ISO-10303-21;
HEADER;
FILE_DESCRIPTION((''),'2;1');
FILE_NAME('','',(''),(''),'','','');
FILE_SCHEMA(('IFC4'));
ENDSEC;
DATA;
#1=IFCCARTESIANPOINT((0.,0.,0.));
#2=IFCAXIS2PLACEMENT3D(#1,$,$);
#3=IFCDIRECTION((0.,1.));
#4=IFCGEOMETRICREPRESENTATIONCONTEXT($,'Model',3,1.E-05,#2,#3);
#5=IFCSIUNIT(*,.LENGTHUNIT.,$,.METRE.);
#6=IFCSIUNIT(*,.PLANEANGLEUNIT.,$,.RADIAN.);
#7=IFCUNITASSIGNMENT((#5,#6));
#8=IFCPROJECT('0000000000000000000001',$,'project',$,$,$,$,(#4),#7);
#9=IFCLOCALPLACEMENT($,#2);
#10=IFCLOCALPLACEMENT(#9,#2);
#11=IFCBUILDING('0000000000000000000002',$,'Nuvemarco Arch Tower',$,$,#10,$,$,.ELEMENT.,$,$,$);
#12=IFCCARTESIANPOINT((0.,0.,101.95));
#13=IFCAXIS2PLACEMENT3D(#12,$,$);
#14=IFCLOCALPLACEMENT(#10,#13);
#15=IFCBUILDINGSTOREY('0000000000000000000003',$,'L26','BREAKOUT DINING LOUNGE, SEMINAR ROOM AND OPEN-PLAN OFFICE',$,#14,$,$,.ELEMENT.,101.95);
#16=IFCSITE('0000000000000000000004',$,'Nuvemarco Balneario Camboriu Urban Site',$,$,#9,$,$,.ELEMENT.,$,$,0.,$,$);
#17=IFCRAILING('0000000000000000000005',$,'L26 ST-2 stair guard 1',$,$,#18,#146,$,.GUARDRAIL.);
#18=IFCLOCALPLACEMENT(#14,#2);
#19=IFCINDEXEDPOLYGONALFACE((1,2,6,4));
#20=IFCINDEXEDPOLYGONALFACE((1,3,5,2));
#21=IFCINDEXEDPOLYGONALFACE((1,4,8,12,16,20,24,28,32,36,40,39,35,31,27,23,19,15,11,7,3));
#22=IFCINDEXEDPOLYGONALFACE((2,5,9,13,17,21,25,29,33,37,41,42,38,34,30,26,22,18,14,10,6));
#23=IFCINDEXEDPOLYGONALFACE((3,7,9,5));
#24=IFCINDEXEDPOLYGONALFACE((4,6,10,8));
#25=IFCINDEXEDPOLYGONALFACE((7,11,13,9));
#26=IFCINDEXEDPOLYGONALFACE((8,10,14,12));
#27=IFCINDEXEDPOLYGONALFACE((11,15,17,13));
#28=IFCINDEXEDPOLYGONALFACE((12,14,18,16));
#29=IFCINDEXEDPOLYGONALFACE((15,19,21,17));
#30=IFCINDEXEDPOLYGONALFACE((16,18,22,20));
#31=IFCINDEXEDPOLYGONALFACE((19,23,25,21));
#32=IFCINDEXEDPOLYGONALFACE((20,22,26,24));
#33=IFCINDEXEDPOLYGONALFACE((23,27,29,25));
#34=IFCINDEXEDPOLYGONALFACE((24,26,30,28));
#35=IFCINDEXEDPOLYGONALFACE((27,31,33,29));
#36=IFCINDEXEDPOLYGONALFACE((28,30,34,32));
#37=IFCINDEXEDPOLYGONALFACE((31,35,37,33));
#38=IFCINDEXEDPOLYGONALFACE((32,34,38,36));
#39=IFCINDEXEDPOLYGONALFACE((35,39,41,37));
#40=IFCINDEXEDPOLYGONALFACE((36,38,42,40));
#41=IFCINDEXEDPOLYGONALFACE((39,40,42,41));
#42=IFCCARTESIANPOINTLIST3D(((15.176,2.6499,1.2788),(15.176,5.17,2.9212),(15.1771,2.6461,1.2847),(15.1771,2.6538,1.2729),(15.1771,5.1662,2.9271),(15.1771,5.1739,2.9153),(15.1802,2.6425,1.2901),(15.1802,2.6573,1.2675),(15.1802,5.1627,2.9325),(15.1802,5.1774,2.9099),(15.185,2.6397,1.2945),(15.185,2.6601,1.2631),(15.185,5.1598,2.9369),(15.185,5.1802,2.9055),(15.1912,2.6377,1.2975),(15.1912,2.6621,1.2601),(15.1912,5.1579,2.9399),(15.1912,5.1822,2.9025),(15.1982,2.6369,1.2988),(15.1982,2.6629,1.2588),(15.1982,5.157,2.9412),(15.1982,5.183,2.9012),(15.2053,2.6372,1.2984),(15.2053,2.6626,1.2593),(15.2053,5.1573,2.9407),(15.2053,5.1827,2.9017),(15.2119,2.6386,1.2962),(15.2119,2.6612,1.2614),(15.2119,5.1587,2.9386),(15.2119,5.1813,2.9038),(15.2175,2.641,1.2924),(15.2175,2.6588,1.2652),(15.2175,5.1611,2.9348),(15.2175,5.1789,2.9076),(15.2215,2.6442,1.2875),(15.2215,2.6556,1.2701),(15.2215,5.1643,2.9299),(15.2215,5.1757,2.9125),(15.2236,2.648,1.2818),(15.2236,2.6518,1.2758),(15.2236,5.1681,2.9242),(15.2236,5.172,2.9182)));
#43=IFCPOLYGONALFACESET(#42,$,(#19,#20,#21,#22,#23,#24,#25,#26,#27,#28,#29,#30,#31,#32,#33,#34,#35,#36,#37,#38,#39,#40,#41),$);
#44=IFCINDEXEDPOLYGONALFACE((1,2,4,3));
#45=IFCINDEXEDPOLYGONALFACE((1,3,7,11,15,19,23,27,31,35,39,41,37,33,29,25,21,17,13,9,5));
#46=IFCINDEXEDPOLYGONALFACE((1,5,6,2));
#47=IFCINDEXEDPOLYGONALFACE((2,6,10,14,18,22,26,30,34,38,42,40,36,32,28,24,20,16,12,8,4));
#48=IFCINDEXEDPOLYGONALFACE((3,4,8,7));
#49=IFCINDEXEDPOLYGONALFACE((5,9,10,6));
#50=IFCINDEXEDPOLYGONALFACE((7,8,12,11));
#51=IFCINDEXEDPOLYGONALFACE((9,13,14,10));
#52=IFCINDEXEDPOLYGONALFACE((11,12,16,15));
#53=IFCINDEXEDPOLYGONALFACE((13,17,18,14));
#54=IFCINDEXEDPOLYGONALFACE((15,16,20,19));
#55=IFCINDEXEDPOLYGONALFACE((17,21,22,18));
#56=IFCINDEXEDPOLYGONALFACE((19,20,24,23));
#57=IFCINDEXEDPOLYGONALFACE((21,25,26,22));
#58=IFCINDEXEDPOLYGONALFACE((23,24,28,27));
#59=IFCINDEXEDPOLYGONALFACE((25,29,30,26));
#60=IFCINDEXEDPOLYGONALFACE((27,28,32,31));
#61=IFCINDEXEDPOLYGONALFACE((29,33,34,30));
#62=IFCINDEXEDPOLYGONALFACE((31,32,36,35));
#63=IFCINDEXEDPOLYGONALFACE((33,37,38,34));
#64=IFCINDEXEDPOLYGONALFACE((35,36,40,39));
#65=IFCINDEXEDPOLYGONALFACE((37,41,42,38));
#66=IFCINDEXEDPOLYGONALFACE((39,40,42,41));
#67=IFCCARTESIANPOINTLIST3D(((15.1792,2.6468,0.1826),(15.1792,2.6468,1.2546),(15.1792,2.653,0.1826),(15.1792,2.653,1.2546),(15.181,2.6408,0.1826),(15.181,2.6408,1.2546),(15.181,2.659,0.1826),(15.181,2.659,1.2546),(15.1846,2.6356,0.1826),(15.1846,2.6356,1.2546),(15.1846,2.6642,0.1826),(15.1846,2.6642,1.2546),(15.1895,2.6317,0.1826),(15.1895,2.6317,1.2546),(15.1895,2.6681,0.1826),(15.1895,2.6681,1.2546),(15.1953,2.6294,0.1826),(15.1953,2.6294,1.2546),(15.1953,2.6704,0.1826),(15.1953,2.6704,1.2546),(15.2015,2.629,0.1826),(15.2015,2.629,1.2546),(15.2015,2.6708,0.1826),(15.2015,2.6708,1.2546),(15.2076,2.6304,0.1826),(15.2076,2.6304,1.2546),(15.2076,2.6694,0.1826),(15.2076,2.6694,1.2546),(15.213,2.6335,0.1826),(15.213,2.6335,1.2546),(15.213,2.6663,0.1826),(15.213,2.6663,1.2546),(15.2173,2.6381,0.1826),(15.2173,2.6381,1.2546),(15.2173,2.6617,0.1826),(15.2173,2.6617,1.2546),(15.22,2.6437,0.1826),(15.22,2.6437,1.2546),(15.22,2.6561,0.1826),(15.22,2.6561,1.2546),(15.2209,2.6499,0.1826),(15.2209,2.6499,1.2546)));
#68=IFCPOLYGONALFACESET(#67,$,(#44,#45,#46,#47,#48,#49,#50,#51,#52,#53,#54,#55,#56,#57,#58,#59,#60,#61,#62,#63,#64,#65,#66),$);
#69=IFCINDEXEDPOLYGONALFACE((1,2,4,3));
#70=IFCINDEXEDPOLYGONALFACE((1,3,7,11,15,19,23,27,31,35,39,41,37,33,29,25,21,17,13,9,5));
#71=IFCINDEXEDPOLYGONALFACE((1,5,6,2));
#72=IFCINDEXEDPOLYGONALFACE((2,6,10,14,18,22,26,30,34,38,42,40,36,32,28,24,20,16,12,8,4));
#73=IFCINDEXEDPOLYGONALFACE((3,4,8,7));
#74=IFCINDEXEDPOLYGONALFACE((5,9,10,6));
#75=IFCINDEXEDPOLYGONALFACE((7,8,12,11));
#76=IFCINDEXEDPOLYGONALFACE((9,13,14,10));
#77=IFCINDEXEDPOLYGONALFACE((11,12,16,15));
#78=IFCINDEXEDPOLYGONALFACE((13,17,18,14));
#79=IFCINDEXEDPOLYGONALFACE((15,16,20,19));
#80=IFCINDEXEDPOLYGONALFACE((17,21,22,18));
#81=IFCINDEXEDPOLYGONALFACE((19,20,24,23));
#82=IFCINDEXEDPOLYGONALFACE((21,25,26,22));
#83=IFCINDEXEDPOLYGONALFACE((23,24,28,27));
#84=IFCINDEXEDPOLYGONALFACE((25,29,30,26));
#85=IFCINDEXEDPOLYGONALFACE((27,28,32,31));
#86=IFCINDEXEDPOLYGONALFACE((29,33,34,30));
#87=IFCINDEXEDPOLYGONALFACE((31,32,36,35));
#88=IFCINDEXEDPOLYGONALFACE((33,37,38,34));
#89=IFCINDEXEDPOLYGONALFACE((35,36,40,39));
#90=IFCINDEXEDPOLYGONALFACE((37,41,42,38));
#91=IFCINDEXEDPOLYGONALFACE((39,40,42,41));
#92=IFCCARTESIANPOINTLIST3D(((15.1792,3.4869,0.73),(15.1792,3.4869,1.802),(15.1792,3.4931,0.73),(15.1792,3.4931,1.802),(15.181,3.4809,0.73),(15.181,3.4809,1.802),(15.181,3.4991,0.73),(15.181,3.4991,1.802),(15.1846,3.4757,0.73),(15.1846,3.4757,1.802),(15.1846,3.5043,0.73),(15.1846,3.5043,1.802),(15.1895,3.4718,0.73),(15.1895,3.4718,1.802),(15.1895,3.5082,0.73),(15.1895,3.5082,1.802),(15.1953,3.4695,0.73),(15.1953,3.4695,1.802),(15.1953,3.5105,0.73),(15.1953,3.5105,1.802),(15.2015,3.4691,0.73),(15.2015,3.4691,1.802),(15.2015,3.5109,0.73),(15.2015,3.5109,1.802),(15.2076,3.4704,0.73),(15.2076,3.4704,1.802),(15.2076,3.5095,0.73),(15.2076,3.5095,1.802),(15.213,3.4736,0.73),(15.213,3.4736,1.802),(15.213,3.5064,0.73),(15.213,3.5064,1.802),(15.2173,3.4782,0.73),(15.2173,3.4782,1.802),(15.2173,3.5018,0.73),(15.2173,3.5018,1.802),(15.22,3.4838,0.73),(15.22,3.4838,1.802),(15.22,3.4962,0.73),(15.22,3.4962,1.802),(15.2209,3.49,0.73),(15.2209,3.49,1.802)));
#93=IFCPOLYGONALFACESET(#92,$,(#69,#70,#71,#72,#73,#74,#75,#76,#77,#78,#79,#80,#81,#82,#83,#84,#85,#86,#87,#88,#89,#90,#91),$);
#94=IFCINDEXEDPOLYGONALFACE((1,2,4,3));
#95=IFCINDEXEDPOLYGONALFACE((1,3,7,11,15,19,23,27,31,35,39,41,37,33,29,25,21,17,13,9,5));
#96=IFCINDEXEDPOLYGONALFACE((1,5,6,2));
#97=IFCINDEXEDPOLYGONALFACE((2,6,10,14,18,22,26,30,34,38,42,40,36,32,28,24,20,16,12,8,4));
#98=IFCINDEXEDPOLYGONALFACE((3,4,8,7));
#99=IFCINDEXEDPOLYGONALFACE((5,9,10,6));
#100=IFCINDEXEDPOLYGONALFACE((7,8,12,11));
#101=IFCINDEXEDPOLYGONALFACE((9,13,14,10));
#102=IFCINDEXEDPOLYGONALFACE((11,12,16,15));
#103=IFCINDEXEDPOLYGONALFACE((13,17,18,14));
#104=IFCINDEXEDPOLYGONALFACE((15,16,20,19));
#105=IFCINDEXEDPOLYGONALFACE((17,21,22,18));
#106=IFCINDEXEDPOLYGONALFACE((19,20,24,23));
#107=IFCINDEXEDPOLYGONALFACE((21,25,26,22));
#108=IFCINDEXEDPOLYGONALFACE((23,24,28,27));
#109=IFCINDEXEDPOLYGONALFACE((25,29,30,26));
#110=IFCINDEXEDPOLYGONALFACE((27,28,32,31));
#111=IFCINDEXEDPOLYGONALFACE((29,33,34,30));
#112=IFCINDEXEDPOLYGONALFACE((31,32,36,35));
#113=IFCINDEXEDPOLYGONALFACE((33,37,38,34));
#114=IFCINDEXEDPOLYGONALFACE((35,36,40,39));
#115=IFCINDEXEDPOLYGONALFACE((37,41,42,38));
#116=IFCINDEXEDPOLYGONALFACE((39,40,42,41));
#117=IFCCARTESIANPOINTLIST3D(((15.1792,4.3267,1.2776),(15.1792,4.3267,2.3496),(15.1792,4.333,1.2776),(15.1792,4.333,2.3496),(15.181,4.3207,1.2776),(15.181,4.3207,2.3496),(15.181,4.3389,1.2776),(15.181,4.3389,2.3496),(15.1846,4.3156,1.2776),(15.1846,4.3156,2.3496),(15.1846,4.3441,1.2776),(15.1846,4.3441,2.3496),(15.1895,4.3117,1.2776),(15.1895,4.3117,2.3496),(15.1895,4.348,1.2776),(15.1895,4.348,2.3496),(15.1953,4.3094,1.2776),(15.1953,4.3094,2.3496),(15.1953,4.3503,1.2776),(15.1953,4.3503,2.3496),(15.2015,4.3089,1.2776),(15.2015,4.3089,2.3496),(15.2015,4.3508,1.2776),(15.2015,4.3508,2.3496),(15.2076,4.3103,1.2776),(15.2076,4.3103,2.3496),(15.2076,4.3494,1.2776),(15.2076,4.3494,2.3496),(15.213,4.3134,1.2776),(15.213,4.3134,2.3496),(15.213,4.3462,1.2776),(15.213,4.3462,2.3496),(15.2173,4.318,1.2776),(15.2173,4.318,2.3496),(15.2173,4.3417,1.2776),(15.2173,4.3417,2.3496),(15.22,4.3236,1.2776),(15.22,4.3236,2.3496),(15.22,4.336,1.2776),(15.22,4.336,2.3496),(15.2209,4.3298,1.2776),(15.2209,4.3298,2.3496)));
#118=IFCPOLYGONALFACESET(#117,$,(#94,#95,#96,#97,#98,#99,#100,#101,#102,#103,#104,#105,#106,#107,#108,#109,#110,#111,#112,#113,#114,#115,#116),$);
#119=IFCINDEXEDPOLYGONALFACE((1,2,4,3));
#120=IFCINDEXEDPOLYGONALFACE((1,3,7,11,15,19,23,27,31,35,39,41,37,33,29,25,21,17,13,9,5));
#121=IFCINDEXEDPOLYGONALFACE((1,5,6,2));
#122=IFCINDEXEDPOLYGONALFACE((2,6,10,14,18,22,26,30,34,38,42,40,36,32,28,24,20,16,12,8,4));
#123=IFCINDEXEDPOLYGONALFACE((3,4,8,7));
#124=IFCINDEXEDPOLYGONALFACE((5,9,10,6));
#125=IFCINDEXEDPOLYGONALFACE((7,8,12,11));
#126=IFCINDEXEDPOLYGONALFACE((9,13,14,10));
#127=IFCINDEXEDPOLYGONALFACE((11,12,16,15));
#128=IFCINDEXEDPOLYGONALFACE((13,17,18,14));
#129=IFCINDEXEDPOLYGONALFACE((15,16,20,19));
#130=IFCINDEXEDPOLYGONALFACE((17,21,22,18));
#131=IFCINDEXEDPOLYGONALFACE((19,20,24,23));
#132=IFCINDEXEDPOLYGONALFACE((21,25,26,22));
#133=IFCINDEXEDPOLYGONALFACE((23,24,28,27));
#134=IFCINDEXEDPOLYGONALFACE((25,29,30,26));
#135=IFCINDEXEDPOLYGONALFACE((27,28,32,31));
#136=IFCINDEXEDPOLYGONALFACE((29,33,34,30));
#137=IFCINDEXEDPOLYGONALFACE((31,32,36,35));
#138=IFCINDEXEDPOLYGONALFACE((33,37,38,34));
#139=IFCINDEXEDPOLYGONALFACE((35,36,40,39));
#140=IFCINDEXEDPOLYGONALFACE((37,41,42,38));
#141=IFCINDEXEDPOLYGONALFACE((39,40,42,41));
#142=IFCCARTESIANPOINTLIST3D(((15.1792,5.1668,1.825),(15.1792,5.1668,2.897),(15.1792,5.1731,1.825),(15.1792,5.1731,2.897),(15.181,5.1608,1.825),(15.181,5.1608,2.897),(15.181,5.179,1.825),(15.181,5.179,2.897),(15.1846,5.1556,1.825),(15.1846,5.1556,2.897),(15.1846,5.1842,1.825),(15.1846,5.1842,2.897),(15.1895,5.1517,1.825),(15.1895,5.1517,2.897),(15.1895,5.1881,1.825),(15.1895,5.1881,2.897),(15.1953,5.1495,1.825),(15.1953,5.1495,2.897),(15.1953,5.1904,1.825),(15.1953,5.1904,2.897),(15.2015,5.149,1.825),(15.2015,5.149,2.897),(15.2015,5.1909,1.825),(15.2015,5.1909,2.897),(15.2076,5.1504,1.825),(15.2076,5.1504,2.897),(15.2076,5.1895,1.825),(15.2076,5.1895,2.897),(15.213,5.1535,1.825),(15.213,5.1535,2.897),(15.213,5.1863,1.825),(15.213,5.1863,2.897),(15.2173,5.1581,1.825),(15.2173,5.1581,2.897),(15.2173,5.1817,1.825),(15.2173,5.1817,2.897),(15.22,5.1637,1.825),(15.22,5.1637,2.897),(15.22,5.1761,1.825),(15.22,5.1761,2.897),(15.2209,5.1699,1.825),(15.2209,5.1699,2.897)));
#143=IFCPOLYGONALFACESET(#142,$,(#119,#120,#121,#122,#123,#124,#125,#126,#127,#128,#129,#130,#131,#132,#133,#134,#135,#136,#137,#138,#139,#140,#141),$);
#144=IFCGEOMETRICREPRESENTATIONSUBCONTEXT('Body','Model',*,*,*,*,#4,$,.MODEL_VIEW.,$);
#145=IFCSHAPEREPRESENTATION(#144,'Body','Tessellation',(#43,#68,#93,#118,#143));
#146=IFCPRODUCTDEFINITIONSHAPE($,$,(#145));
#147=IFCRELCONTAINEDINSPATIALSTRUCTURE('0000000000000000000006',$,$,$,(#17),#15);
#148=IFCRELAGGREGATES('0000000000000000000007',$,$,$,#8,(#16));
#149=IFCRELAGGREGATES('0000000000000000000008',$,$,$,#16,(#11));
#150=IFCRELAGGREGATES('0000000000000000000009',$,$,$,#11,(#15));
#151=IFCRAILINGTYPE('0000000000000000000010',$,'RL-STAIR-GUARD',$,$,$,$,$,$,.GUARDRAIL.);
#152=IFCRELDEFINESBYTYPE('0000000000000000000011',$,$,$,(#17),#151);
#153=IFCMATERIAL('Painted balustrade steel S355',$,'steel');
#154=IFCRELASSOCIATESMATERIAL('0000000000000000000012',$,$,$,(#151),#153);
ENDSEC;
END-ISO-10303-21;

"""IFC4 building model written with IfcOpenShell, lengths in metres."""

from ifc_helpers import new_model, si_unit, direction, frame, origin, origin_2d, place, context, subcontext, project, spatial, circle, extrude, material, type_object, element, save


model = new_model("IFC4")

# Units and contexts
model_context = context("Model", 3, precision=1e-05, world=origin(), true_north=direction((0.0, 1.0)))
body_context = subcontext(model_context, "Body", "Model", "MODEL_VIEW")
ifc_project = project(units=[si_unit("LENGTHUNIT", "METRE"), si_unit("PLANEANGLEUNIT", "RADIAN")], contexts=[model_context])

# Site, building, storey
site_placement = place(None, origin())
site = spatial("IfcSite", under=ifc_project, at=site_placement, Name="Nuvemarco Balneario Camboriu Urban Site", CompositionType="ELEMENT", RefElevation=0.0)
building_placement = place(site_placement, origin())
building = spatial("IfcBuilding", under=site, at=building_placement, Name="Nuvemarco Arch Tower", CompositionType="ELEMENT")
storey_placement = place(building_placement, frame((0.0, 0.0, 101.95)))
storey = spatial("IfcBuildingStorey", under=building, at=storey_placement, Name="L26", Description="BREAKOUT DINING LOUNGE, SEMINAR ROOM AND OPEN-PLAN OFFICE", CompositionType="ELEMENT", Elevation=101.95)

# Railing
ifc_material_1 = material(Name="Painted balustrade steel S355", Category="steel")
railing_type_1 = type_object("IfcRailingType", Name="RL-STAIR-GUARD", PredefinedType="GUARDRAIL", material=ifc_material_1)
railing_1_placement = place(storey_placement, frame((15.2, 2.6499, 0.1826)))
element("IfcRailing", 1, at=railing_1_placement, inside=storey, type_object=railing_type_1, Name="L26 ST-2 stair guard 1", PredefinedType="GUARDRAIL", context=body_context, shape_type="SweptSolid", body=[
    extrude(circle(Radius=0.0239, at=origin_2d()), frame((0.0, 0.0, 1.0962), z_axis=(0.0, 0.837787, 0.545998), x_axis=(-1.0, 0.0, 0.0)), (0.0, 0.0, 1.0), 3.0081),
    extrude(circle(Radius=0.021, at=origin_2d()), origin(), (0.0, 0.0, 1.0), 1.072),
    extrude(circle(Radius=0.021, at=origin_2d()), frame((0.0, 0.8401, 0.5474)), (0.0, 0.0, 1.0), 1.072),
    extrude(circle(Radius=0.021, at=origin_2d()), frame((0.0, 1.6799, 1.095)), (0.0, 0.0, 1.0), 1.072),
    extrude(circle(Radius=0.021, at=origin_2d()), frame((0.0, 2.52, 1.6423)), (0.0, 0.0, 1.0), 1.072),
])

save(model, "model.ifc")
